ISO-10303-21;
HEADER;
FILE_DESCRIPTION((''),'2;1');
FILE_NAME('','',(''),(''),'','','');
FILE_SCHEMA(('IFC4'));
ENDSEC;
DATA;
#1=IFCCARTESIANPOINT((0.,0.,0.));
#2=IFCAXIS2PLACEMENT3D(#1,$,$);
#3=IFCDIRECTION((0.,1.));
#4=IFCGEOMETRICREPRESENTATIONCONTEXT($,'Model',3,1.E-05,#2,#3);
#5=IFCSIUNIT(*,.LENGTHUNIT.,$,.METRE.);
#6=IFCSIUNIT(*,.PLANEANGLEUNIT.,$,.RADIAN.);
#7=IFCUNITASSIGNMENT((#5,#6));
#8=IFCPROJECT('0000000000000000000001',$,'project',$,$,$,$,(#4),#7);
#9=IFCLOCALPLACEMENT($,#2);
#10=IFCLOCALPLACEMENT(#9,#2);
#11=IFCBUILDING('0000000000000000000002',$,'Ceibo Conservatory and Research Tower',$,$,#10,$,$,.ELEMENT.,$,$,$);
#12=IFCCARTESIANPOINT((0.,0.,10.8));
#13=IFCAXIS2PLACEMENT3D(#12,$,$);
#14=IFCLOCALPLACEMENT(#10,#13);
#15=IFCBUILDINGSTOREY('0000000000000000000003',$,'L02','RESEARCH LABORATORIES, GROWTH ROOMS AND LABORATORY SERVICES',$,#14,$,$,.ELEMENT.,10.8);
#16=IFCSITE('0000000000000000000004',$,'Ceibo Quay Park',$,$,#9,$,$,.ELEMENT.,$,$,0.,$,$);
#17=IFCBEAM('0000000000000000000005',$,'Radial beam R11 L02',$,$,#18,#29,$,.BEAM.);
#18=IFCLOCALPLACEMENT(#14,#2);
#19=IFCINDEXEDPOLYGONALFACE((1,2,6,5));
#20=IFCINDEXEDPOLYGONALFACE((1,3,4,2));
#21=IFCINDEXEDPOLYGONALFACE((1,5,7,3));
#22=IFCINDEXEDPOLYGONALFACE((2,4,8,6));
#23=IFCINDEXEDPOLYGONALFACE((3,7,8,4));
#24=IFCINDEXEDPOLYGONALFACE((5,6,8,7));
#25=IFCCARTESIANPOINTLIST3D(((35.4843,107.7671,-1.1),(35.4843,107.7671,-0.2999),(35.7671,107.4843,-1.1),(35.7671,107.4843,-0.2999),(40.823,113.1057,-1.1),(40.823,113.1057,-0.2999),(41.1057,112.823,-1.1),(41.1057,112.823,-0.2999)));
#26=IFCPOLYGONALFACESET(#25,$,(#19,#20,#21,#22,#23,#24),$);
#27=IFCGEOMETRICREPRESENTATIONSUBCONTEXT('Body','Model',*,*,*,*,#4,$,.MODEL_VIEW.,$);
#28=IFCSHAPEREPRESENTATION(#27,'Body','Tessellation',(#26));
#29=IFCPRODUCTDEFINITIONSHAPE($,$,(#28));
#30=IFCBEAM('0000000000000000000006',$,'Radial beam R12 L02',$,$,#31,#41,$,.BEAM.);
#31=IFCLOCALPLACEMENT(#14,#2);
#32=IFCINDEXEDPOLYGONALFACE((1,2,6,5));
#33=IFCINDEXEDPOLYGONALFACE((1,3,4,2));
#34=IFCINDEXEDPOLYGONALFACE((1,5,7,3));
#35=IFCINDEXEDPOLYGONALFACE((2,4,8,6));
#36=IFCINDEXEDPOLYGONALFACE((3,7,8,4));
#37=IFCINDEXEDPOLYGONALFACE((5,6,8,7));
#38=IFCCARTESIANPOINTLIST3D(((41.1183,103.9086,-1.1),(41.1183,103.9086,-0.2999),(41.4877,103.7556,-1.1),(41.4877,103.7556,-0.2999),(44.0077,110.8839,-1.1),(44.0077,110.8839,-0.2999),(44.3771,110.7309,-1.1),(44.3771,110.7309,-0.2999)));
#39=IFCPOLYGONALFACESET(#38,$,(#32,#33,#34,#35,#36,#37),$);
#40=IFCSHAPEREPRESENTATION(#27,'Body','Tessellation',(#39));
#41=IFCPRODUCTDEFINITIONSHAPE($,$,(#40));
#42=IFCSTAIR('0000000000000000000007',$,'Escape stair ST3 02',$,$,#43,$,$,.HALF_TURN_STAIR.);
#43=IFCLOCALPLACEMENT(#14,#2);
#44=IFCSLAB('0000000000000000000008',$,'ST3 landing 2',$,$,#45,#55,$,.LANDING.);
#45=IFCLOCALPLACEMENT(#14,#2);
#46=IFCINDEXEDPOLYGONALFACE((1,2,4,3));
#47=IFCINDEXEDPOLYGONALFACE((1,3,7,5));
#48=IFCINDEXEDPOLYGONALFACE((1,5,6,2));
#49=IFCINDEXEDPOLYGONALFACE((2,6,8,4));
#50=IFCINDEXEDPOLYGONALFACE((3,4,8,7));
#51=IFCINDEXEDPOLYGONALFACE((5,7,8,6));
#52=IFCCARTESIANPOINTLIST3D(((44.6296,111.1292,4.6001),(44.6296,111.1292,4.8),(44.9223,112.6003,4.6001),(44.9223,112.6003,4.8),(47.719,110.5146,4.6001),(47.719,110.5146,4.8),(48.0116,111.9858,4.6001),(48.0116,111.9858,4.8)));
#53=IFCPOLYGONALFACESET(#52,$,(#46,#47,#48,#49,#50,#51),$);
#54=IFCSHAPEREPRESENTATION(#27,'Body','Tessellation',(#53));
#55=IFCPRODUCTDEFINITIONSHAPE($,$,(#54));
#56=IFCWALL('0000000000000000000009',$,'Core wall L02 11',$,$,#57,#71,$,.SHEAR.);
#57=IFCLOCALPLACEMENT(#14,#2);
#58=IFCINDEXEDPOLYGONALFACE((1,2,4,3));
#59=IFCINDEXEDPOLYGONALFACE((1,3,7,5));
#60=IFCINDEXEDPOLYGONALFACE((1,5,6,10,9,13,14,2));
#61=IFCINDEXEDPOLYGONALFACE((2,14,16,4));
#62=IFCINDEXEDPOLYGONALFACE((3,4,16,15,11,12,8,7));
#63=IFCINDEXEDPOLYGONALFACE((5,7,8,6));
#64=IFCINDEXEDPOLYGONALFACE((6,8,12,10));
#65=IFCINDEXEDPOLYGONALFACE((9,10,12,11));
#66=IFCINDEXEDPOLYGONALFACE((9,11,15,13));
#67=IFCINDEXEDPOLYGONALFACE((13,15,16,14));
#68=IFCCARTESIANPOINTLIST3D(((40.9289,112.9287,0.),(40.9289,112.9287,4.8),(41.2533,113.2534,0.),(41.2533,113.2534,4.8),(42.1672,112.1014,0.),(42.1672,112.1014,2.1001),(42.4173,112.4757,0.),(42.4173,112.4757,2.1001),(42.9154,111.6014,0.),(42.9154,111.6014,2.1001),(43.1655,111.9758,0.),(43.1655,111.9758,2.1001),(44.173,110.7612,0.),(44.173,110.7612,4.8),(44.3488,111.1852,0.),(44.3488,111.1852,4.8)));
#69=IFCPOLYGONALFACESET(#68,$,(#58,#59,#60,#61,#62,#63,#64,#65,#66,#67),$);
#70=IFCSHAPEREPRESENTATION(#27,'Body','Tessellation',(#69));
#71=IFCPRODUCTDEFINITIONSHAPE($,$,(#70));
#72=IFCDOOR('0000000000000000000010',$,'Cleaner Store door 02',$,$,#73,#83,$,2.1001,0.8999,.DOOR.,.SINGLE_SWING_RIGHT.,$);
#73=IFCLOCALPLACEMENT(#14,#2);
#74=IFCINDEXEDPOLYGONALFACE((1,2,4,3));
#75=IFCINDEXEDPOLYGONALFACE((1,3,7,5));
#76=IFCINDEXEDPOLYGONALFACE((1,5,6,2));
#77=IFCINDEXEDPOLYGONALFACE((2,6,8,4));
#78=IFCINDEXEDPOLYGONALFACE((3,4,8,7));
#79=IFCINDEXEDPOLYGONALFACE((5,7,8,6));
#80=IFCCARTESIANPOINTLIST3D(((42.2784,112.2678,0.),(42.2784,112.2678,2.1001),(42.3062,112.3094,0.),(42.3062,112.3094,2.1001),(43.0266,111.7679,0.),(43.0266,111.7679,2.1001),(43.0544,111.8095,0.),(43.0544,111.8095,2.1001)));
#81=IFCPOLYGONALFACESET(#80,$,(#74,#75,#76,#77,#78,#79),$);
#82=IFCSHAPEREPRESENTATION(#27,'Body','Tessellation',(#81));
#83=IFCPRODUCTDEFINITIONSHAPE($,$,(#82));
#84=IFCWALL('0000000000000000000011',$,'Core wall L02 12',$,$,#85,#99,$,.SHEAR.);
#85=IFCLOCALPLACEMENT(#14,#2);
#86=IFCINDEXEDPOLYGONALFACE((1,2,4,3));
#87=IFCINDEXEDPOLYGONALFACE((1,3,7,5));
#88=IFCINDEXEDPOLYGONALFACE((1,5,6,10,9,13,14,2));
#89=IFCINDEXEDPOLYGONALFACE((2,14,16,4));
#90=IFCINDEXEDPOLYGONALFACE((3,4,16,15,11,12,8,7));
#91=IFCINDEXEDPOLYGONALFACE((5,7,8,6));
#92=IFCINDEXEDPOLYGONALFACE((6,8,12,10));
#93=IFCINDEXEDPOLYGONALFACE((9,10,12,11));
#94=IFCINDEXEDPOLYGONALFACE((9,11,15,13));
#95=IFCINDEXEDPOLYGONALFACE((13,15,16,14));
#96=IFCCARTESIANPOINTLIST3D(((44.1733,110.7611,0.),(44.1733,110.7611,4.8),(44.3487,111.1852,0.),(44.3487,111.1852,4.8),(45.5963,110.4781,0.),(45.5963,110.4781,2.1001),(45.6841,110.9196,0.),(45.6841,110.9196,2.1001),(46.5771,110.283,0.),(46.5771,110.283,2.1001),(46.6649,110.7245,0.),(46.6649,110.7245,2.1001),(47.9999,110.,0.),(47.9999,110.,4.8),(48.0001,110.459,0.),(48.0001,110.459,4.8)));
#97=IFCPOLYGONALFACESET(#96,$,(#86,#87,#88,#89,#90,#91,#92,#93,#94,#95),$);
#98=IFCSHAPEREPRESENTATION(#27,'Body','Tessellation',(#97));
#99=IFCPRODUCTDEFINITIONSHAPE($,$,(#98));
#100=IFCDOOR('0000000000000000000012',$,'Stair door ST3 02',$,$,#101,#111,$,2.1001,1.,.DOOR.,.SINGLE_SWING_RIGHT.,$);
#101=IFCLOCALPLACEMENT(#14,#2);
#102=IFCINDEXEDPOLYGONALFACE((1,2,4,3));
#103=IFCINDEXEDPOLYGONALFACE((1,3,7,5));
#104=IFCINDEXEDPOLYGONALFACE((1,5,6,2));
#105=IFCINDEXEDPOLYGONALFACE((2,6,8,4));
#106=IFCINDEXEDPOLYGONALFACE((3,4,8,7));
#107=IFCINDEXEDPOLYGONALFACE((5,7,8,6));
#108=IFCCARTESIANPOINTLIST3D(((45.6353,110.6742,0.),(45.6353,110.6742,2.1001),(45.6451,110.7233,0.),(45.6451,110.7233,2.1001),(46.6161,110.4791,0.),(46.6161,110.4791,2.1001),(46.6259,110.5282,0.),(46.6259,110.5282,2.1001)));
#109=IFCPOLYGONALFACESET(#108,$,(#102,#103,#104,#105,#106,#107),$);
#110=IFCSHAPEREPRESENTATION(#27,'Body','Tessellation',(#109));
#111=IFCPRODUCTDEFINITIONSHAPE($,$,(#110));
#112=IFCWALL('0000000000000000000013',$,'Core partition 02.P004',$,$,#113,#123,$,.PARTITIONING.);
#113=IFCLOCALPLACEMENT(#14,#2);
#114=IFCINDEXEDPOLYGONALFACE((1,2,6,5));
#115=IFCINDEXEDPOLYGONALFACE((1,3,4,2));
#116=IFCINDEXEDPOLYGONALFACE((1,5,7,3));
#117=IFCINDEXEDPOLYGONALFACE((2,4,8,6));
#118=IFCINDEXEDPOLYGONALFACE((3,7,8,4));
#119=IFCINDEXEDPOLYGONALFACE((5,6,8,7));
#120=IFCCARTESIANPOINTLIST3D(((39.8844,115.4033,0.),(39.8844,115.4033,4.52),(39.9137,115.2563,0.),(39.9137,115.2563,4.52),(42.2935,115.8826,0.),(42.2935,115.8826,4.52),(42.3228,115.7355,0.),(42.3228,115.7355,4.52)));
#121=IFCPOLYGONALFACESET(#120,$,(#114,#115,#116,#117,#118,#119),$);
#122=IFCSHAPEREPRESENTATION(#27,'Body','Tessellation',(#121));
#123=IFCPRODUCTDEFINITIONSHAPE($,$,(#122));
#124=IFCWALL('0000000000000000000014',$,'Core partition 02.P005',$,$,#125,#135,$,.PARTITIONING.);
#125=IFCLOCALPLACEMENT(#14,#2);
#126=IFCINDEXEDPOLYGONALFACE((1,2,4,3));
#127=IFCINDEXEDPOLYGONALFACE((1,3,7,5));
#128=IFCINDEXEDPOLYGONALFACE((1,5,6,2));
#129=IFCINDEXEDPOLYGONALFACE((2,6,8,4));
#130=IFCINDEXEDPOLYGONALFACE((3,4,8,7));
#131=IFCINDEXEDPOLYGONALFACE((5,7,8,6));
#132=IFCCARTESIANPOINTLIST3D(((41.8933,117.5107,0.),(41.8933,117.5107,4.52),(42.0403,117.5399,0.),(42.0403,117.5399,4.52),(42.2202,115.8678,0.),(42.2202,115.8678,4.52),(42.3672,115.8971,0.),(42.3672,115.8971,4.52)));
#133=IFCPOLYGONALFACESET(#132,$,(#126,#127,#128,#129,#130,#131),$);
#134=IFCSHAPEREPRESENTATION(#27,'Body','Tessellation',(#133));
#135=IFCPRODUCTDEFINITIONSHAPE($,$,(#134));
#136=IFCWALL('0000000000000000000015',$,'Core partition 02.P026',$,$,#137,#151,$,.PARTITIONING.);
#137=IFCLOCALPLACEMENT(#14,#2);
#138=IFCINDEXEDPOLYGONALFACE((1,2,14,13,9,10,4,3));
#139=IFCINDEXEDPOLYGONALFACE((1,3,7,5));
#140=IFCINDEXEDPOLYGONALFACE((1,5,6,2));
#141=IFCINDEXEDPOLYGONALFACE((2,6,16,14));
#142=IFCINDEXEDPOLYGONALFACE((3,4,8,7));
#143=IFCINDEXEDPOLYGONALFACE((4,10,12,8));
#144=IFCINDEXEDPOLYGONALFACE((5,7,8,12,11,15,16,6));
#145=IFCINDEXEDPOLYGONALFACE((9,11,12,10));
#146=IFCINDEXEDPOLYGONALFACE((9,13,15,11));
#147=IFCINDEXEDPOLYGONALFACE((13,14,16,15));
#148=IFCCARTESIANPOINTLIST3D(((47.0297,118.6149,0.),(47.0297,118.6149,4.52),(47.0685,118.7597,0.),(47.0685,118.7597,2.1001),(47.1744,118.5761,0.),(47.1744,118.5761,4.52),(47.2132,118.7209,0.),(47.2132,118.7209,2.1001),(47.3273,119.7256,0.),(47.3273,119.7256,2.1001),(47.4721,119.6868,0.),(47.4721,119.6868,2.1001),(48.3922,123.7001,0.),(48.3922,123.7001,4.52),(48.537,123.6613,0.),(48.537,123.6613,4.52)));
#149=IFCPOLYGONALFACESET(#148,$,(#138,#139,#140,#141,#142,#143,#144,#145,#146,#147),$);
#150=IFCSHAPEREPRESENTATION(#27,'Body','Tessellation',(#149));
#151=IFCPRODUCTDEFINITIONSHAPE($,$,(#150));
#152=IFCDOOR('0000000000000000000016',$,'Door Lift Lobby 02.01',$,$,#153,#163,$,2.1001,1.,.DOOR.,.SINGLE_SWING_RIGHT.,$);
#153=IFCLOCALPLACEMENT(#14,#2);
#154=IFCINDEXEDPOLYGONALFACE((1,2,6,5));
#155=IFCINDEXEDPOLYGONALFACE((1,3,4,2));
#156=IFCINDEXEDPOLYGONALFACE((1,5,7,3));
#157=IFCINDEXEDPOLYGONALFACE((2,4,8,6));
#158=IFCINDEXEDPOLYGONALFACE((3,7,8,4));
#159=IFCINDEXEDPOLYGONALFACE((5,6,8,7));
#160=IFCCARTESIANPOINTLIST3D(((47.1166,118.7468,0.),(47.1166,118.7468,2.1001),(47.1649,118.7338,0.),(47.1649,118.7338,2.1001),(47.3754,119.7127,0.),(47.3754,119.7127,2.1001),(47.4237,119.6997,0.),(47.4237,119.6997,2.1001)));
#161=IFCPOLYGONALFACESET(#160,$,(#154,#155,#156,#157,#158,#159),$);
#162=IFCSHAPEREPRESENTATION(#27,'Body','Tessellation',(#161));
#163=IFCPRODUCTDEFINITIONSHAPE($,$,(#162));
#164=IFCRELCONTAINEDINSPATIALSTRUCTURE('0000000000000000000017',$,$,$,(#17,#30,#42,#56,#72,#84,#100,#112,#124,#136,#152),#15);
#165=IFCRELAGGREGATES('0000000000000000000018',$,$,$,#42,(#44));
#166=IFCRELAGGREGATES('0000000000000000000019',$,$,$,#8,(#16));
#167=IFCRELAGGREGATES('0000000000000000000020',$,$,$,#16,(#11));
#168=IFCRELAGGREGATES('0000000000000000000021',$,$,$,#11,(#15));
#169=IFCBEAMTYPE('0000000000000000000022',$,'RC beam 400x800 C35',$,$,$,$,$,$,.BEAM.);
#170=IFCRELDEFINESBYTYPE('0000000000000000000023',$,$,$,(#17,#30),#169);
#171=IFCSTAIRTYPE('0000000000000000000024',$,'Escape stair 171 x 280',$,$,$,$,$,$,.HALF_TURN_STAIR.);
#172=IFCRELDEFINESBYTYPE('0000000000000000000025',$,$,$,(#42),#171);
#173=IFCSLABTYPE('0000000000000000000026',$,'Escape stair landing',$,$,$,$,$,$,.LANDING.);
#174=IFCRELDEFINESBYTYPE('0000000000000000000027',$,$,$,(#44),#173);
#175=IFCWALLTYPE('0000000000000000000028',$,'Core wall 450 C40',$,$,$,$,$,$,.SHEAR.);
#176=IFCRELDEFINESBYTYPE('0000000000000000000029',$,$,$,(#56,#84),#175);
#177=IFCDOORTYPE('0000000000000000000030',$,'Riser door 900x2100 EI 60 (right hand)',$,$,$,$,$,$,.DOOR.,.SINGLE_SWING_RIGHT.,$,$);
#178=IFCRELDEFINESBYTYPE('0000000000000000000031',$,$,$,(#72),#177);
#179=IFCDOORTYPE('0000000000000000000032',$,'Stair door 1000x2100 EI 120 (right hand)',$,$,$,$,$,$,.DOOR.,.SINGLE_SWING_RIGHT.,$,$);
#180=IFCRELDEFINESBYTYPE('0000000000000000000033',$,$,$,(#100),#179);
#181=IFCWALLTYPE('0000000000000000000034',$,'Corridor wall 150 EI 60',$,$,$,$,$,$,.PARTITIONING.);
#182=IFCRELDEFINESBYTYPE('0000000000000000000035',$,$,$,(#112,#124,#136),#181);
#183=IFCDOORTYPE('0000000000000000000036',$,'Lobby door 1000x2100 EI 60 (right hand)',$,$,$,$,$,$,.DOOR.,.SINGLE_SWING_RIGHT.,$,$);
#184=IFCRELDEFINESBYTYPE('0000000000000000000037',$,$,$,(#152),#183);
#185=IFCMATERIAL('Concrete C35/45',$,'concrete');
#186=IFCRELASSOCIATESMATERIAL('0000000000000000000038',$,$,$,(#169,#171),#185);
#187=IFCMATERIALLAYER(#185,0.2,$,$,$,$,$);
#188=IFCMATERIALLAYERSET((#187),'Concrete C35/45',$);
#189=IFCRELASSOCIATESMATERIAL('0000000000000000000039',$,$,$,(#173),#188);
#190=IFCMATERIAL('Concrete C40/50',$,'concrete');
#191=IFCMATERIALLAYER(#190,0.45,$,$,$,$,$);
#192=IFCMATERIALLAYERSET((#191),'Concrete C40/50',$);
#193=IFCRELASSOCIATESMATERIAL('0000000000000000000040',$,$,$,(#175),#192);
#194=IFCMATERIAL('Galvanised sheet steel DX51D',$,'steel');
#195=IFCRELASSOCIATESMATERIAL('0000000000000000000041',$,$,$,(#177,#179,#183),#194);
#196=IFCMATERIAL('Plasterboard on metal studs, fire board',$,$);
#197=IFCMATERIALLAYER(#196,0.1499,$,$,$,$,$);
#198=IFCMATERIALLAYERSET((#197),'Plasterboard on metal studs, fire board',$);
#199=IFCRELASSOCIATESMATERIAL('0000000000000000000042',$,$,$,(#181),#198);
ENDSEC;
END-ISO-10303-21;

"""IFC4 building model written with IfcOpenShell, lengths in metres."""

from ifc_helpers import new_model, si_unit, direction, frame, frame_2d, origin, origin_2d, place, context, subcontext, project, spatial, polyline, rectangle, outline, extrude, material, layer, layer_set, material_profile, profile_set, type_object, element, fill, aggregate, save


model = new_model("IFC4")

# Units and contexts
model_context = context("Model", 3, precision=1e-05, world=origin(), true_north=direction((0.0, 1.0)))
body_context = subcontext(model_context, "Body", "Model", "MODEL_VIEW")
ifc_project = project(units=[si_unit("LENGTHUNIT", "METRE"), si_unit("PLANEANGLEUNIT", "RADIAN")], contexts=[model_context])

# Site, building, storey
site_placement = place(None, origin())
site = spatial("IfcSite", under=ifc_project, at=site_placement, Name="Ceibo Quay Park", CompositionType="ELEMENT", RefElevation=0.0)
building_placement = place(site_placement, origin())
building = spatial("IfcBuilding", under=site, at=building_placement, Name="Ceibo Conservatory and Research Tower", CompositionType="ELEMENT")
storey_placement = place(building_placement, frame((0.0, 0.0, 10.8)))
storey = spatial("IfcBuildingStorey", under=building, at=storey_placement, Name="L02", Description="RESEARCH LABORATORIES, GROWTH ROOMS AND LABORATORY SERVICES", CompositionType="ELEMENT", Elevation=10.8)

# Beams
ifc_material_1 = material(Name="Concrete C35/45", Category="concrete")
ifc_material_profile = material_profile(ifc_material_1, rectangle(XDim=0.3999, YDim=0.8, at=origin_2d()), Name="RC 400x800")
ifc_profile_set = profile_set([ifc_material_profile], Name="Concrete C35/45")
beam_type = type_object("IfcBeamType", Name="RC beam 400x800 C35", PredefinedType="BEAM", material=ifc_profile_set)
for number, where, z_axis, x_axis, name in (
    (1, (40.9644, 112.9644, -0.7), (-0.707107, -0.707107, 0.0), (0.707107, -0.707107, 0.0), "Radial beam R11 L02"),
    (2, (44.1924, 110.8074, -0.7), (-0.382697, -0.923874, 0.0), (0.923874, -0.382697, 0.0), "Radial beam R12 L02"),
):
    element("IfcBeam", number, at=place(storey_placement, frame(where, z_axis=z_axis, x_axis=x_axis)), inside=storey, type_object=beam_type, Name=name, PredefinedType="BEAM", context=body_context, shape_type="SweptSolid", body=[
        extrude(rectangle(XDim=0.3999, YDim=0.8, at=origin_2d()), origin(), (0.0, 0.0, 1.0), 7.55),
    ])

# Stair, slab
stair_type = type_object("IfcStairType", Name="Escape stair 171 x 280", PredefinedType="HALF_TURN_STAIR", material=ifc_material_1)
stair_placement = place(storey_placement, origin())
stair = element("IfcStair", 3, at=stair_placement, inside=storey, type_object=stair_type, Name="Escape stair ST3 02", PredefinedType="HALF_TURN_STAIR")
ifc_layer_1 = layer(ifc_material_1, 0.2)
ifc_layer_set_1 = layer_set([ifc_layer_1], Name="Concrete C35/45")
slab_type = type_object("IfcSlabType", Name="Escape stair landing", PredefinedType="LANDING", material=ifc_layer_set_1)
slab_placement = place(storey_placement, frame((47.719, 110.5146, 4.6001), z_axis=(0.0, 0.0, 1.0), x_axis=(0.19509, 0.980785, 0.0)))
slab = element("IfcSlab", 4, at=slab_placement, type_object=slab_type, Name="ST3 landing 2", PredefinedType="LANDING", context=body_context, shape_type="SweptSolid", body=[
    extrude(outline(polyline([(0.0, 0.0), (1.5, 0.0), (1.5, 3.1499), (0.0, 3.1499), (0.0, 0.0)])), origin(), (0.0, 0.0, 1.0), 0.2),
])

# Walls, openings, doors
ifc_material_2 = material(Name="Concrete C40/50", Category="concrete")
ifc_layer_2 = layer(ifc_material_2, 0.45)
ifc_layer_set_2 = layer_set([ifc_layer_2], Name="Concrete C40/50")
wall_type_1 = type_object("IfcWallType", Name="Core wall 450 C40", PredefinedType="SHEAR", material=ifc_layer_set_2)
wall_1_placement = place(storey_placement, frame((41.0911, 113.0911, 0.0), z_axis=(0.0, 0.0, 1.0), x_axis=(0.831488, -0.555542, 0.0)))
wall_1 = element("IfcWall", 5, at=wall_1_placement, inside=storey, type_object=wall_type_1, Name="Core wall L02 11", PredefinedType="SHEAR", context=body_context, shape_type="SweptSolid", body=[
    extrude(outline(polyline([(-0.0447, -0.2251), (3.8569, -0.2251), (3.7676, 0.2251), (0.0447, 0.2251), (-0.0447, -0.2251)])), origin(), (0.0, 0.0, 1.0), 4.8),
])
opening_1_placement = place(wall_1_placement, frame((1.4446, 0.0, 0.0)))
opening_1 = element("IfcOpeningElement", 6, at=opening_1_placement, cuts=wall_1, PredefinedType="OPENING", context=body_context, shape_type="SweptSolid", body=[
    extrude(rectangle(XDim=0.8999, YDim=2.1001, at=frame_2d((0.45, 1.05))), frame((0.0, 0.2349, 0.0), z_axis=(0.0, -1.0, 0.0), x_axis=(1.0, 0.0, 0.0)), (0.0, 0.0, 1.0), 0.47),
])
ifc_material_3 = material(Name="Galvanised sheet steel DX51D", Category="steel")
door_type_1 = type_object("IfcDoorType", Name="Riser door 900x2100 EI 60 (right hand)", OperationType="SINGLE_SWING_RIGHT", PredefinedType="DOOR", material=ifc_material_3)
door_1_placement = place(opening_1_placement, frame((0.8999, 0.0, 0.0), z_axis=(0.0, 0.0, 1.0), x_axis=(-1.0, 0.0, 0.0)))
door_1 = element("IfcDoor", 7, at=door_1_placement, inside=storey, type_object=door_type_1, Name="Cleaner Store door 02", OperationType="SINGLE_SWING_RIGHT", OverallHeight=2.1001, OverallWidth=0.8999, PredefinedType="DOOR", context=body_context, shape_type="SweptSolid", body=[
    extrude(rectangle(XDim=0.8999, YDim=2.1001, at=frame_2d((0.45, 1.05))), frame((0.0, 0.0249, 0.0), z_axis=(0.0, -1.0, 0.0), x_axis=(1.0, 0.0, 0.0)), (0.0, 0.0, 1.0), 0.05),
])
fill(opening_1, door_1)
wall_2_placement = place(storey_placement, frame((44.261, 110.9731, 0.0), z_axis=(0.0, 0.0, 1.0), x_axis=(0.980789, -0.195069, 0.0)))
wall_2 = element("IfcWall", 8, at=wall_2_placement, inside=storey, type_object=wall_type_1, Name="Core wall L02 12", PredefinedType="SHEAR", context=body_context, shape_type="SweptSolid", body=[
    extrude(outline(polyline([(-0.0447, -0.2251), (3.8569, -0.2251), (3.7676, 0.2251), (0.0447, 0.2251), (-0.0447, -0.2251)])), origin(), (0.0, 0.0, 1.0), 4.8),
])
opening_2_placement = place(wall_2_placement, frame((1.4062, 0.0, 0.0)))
opening_2 = element("IfcOpeningElement", 9, at=opening_2_placement, cuts=wall_2, PredefinedType="OPENING", context=body_context, shape_type="SweptSolid", body=[
    extrude(rectangle(XDim=1.0, YDim=2.1001, at=frame_2d((0.5, 1.05))), frame((0.0, 0.2349, 0.0), z_axis=(0.0, -1.0, 0.0), x_axis=(1.0, 0.0, 0.0)), (0.0, 0.0, 1.0), 0.47),
])
door_type_2 = type_object("IfcDoorType", Name="Stair door 1000x2100 EI 120 (right hand)", OperationType="SINGLE_SWING_RIGHT", PredefinedType="DOOR", material=ifc_material_3)
door_2_placement = place(opening_2_placement, origin())
door_2 = element("IfcDoor", 10, at=door_2_placement, inside=storey, type_object=door_type_2, Name="Stair door ST3 02", OperationType="SINGLE_SWING_RIGHT", OverallHeight=2.1001, OverallWidth=1.0, PredefinedType="DOOR", context=body_context, shape_type="SweptSolid", body=[
    extrude(rectangle(XDim=1.0, YDim=2.1001, at=frame_2d((0.5, 1.05))), frame((0.0, 0.0249, 0.0), z_axis=(0.0, -1.0, 0.0), x_axis=(1.0, 0.0, 0.0)), (0.0, 0.0, 1.0), 0.05),
])
fill(opening_2, door_2)

# Walls
ifc_material_4 = material(Name="Plasterboard on metal studs, fire board")
ifc_layer_3 = layer(ifc_material_4, 0.1499)
ifc_layer_set_3 = layer_set([ifc_layer_3], Name="Plasterboard on metal studs, fire board")
wall_type_2 = type_object("IfcWallType", Name="Corridor wall 150 EI 60", PredefinedType="PARTITIONING", material=ifc_layer_set_3)
wall_3_placement = place(storey_placement, frame((39.8992, 115.3298, 0.0), z_axis=(0.0, 0.0, 1.0), x_axis=(0.980783, 0.195103, 0.0)))
element("IfcWall", 11, at=wall_3_placement, inside=storey, type_object=wall_type_2, Name="Core partition 02.P004", PredefinedType="PARTITIONING", context=body_context, shape_type="SweptSolid", body=[
    extrude(rectangle(XDim=2.4563, YDim=0.1499, at=frame_2d((1.228, 0.0))), origin(), (0.0, 0.0, 1.0), 4.52),
])
wall_4_placement = place(storey_placement, frame((42.2937, 115.8826, 0.0), z_axis=(0.0, 0.0, 1.0), x_axis=(-0.195163, 0.980771, 0.0)))
element("IfcWall", 12, at=wall_4_placement, inside=storey, type_object=wall_type_2, Name="Core partition 02.P005", PredefinedType="PARTITIONING", context=body_context, shape_type="SweptSolid", body=[
    extrude(rectangle(XDim=1.675, YDim=0.1499, at=frame_2d((0.8374, 0.0))), origin(), (0.0, 0.0, 1.0), 4.52),
])

# Wall, opening, door
wall_5_placement = place(storey_placement, frame((47.1021, 118.5955, 0.0), z_axis=(0.0, 0.0, 1.0), x_axis=(0.258814, 0.965927, 0.0)))
wall_5 = element("IfcWall", 13, at=wall_5_placement, inside=storey, type_object=wall_type_2, Name="Core partition 02.P026", PredefinedType="PARTITIONING", context=body_context, shape_type="SweptSolid", body=[
    extrude(rectangle(XDim=5.2646, YDim=0.1499, at=frame_2d((2.6323, 0.0))), origin(), (0.0, 0.0, 1.0), 4.52),
])
opening_3_placement = place(wall_5_placement, frame((0.1499, 0.0, 0.0)))
opening_3 = element("IfcOpeningElement", 14, at=opening_3_placement, cuts=wall_5, PredefinedType="OPENING", context=body_context, shape_type="SweptSolid", body=[
    extrude(rectangle(XDim=1.0, YDim=2.1001, at=frame_2d((0.5, 1.05))), frame((0.0, 0.085, 0.0), z_axis=(0.0, -1.0, 0.0), x_axis=(1.0, 0.0, 0.0)), (0.0, 0.0, 1.0), 0.1699),
])
door_type_3 = type_object("IfcDoorType", Name="Lobby door 1000x2100 EI 60 (right hand)", OperationType="SINGLE_SWING_RIGHT", PredefinedType="DOOR", material=ifc_material_3)
door_3_placement = place(opening_3_placement, frame((1.0, 0.0, 0.0), z_axis=(0.0, 0.0, 1.0), x_axis=(-1.0, 0.0, 0.0)))
door_3 = element("IfcDoor", 15, at=door_3_placement, inside=storey, type_object=door_type_3, Name="Door Lift Lobby 02.01", OperationType="SINGLE_SWING_RIGHT", OverallHeight=2.1001, OverallWidth=1.0, PredefinedType="DOOR", context=body_context, shape_type="SweptSolid", body=[
    extrude(rectangle(XDim=1.0, YDim=2.1001, at=frame_2d((0.5, 1.05))), frame((0.0, 0.0249, 0.0), z_axis=(0.0, -1.0, 0.0), x_axis=(1.0, 0.0, 0.0)), (0.0, 0.0, 1.0), 0.05),
])
fill(opening_3, door_3)

aggregate(stair, [slab])

save(model, "model.ifc")
